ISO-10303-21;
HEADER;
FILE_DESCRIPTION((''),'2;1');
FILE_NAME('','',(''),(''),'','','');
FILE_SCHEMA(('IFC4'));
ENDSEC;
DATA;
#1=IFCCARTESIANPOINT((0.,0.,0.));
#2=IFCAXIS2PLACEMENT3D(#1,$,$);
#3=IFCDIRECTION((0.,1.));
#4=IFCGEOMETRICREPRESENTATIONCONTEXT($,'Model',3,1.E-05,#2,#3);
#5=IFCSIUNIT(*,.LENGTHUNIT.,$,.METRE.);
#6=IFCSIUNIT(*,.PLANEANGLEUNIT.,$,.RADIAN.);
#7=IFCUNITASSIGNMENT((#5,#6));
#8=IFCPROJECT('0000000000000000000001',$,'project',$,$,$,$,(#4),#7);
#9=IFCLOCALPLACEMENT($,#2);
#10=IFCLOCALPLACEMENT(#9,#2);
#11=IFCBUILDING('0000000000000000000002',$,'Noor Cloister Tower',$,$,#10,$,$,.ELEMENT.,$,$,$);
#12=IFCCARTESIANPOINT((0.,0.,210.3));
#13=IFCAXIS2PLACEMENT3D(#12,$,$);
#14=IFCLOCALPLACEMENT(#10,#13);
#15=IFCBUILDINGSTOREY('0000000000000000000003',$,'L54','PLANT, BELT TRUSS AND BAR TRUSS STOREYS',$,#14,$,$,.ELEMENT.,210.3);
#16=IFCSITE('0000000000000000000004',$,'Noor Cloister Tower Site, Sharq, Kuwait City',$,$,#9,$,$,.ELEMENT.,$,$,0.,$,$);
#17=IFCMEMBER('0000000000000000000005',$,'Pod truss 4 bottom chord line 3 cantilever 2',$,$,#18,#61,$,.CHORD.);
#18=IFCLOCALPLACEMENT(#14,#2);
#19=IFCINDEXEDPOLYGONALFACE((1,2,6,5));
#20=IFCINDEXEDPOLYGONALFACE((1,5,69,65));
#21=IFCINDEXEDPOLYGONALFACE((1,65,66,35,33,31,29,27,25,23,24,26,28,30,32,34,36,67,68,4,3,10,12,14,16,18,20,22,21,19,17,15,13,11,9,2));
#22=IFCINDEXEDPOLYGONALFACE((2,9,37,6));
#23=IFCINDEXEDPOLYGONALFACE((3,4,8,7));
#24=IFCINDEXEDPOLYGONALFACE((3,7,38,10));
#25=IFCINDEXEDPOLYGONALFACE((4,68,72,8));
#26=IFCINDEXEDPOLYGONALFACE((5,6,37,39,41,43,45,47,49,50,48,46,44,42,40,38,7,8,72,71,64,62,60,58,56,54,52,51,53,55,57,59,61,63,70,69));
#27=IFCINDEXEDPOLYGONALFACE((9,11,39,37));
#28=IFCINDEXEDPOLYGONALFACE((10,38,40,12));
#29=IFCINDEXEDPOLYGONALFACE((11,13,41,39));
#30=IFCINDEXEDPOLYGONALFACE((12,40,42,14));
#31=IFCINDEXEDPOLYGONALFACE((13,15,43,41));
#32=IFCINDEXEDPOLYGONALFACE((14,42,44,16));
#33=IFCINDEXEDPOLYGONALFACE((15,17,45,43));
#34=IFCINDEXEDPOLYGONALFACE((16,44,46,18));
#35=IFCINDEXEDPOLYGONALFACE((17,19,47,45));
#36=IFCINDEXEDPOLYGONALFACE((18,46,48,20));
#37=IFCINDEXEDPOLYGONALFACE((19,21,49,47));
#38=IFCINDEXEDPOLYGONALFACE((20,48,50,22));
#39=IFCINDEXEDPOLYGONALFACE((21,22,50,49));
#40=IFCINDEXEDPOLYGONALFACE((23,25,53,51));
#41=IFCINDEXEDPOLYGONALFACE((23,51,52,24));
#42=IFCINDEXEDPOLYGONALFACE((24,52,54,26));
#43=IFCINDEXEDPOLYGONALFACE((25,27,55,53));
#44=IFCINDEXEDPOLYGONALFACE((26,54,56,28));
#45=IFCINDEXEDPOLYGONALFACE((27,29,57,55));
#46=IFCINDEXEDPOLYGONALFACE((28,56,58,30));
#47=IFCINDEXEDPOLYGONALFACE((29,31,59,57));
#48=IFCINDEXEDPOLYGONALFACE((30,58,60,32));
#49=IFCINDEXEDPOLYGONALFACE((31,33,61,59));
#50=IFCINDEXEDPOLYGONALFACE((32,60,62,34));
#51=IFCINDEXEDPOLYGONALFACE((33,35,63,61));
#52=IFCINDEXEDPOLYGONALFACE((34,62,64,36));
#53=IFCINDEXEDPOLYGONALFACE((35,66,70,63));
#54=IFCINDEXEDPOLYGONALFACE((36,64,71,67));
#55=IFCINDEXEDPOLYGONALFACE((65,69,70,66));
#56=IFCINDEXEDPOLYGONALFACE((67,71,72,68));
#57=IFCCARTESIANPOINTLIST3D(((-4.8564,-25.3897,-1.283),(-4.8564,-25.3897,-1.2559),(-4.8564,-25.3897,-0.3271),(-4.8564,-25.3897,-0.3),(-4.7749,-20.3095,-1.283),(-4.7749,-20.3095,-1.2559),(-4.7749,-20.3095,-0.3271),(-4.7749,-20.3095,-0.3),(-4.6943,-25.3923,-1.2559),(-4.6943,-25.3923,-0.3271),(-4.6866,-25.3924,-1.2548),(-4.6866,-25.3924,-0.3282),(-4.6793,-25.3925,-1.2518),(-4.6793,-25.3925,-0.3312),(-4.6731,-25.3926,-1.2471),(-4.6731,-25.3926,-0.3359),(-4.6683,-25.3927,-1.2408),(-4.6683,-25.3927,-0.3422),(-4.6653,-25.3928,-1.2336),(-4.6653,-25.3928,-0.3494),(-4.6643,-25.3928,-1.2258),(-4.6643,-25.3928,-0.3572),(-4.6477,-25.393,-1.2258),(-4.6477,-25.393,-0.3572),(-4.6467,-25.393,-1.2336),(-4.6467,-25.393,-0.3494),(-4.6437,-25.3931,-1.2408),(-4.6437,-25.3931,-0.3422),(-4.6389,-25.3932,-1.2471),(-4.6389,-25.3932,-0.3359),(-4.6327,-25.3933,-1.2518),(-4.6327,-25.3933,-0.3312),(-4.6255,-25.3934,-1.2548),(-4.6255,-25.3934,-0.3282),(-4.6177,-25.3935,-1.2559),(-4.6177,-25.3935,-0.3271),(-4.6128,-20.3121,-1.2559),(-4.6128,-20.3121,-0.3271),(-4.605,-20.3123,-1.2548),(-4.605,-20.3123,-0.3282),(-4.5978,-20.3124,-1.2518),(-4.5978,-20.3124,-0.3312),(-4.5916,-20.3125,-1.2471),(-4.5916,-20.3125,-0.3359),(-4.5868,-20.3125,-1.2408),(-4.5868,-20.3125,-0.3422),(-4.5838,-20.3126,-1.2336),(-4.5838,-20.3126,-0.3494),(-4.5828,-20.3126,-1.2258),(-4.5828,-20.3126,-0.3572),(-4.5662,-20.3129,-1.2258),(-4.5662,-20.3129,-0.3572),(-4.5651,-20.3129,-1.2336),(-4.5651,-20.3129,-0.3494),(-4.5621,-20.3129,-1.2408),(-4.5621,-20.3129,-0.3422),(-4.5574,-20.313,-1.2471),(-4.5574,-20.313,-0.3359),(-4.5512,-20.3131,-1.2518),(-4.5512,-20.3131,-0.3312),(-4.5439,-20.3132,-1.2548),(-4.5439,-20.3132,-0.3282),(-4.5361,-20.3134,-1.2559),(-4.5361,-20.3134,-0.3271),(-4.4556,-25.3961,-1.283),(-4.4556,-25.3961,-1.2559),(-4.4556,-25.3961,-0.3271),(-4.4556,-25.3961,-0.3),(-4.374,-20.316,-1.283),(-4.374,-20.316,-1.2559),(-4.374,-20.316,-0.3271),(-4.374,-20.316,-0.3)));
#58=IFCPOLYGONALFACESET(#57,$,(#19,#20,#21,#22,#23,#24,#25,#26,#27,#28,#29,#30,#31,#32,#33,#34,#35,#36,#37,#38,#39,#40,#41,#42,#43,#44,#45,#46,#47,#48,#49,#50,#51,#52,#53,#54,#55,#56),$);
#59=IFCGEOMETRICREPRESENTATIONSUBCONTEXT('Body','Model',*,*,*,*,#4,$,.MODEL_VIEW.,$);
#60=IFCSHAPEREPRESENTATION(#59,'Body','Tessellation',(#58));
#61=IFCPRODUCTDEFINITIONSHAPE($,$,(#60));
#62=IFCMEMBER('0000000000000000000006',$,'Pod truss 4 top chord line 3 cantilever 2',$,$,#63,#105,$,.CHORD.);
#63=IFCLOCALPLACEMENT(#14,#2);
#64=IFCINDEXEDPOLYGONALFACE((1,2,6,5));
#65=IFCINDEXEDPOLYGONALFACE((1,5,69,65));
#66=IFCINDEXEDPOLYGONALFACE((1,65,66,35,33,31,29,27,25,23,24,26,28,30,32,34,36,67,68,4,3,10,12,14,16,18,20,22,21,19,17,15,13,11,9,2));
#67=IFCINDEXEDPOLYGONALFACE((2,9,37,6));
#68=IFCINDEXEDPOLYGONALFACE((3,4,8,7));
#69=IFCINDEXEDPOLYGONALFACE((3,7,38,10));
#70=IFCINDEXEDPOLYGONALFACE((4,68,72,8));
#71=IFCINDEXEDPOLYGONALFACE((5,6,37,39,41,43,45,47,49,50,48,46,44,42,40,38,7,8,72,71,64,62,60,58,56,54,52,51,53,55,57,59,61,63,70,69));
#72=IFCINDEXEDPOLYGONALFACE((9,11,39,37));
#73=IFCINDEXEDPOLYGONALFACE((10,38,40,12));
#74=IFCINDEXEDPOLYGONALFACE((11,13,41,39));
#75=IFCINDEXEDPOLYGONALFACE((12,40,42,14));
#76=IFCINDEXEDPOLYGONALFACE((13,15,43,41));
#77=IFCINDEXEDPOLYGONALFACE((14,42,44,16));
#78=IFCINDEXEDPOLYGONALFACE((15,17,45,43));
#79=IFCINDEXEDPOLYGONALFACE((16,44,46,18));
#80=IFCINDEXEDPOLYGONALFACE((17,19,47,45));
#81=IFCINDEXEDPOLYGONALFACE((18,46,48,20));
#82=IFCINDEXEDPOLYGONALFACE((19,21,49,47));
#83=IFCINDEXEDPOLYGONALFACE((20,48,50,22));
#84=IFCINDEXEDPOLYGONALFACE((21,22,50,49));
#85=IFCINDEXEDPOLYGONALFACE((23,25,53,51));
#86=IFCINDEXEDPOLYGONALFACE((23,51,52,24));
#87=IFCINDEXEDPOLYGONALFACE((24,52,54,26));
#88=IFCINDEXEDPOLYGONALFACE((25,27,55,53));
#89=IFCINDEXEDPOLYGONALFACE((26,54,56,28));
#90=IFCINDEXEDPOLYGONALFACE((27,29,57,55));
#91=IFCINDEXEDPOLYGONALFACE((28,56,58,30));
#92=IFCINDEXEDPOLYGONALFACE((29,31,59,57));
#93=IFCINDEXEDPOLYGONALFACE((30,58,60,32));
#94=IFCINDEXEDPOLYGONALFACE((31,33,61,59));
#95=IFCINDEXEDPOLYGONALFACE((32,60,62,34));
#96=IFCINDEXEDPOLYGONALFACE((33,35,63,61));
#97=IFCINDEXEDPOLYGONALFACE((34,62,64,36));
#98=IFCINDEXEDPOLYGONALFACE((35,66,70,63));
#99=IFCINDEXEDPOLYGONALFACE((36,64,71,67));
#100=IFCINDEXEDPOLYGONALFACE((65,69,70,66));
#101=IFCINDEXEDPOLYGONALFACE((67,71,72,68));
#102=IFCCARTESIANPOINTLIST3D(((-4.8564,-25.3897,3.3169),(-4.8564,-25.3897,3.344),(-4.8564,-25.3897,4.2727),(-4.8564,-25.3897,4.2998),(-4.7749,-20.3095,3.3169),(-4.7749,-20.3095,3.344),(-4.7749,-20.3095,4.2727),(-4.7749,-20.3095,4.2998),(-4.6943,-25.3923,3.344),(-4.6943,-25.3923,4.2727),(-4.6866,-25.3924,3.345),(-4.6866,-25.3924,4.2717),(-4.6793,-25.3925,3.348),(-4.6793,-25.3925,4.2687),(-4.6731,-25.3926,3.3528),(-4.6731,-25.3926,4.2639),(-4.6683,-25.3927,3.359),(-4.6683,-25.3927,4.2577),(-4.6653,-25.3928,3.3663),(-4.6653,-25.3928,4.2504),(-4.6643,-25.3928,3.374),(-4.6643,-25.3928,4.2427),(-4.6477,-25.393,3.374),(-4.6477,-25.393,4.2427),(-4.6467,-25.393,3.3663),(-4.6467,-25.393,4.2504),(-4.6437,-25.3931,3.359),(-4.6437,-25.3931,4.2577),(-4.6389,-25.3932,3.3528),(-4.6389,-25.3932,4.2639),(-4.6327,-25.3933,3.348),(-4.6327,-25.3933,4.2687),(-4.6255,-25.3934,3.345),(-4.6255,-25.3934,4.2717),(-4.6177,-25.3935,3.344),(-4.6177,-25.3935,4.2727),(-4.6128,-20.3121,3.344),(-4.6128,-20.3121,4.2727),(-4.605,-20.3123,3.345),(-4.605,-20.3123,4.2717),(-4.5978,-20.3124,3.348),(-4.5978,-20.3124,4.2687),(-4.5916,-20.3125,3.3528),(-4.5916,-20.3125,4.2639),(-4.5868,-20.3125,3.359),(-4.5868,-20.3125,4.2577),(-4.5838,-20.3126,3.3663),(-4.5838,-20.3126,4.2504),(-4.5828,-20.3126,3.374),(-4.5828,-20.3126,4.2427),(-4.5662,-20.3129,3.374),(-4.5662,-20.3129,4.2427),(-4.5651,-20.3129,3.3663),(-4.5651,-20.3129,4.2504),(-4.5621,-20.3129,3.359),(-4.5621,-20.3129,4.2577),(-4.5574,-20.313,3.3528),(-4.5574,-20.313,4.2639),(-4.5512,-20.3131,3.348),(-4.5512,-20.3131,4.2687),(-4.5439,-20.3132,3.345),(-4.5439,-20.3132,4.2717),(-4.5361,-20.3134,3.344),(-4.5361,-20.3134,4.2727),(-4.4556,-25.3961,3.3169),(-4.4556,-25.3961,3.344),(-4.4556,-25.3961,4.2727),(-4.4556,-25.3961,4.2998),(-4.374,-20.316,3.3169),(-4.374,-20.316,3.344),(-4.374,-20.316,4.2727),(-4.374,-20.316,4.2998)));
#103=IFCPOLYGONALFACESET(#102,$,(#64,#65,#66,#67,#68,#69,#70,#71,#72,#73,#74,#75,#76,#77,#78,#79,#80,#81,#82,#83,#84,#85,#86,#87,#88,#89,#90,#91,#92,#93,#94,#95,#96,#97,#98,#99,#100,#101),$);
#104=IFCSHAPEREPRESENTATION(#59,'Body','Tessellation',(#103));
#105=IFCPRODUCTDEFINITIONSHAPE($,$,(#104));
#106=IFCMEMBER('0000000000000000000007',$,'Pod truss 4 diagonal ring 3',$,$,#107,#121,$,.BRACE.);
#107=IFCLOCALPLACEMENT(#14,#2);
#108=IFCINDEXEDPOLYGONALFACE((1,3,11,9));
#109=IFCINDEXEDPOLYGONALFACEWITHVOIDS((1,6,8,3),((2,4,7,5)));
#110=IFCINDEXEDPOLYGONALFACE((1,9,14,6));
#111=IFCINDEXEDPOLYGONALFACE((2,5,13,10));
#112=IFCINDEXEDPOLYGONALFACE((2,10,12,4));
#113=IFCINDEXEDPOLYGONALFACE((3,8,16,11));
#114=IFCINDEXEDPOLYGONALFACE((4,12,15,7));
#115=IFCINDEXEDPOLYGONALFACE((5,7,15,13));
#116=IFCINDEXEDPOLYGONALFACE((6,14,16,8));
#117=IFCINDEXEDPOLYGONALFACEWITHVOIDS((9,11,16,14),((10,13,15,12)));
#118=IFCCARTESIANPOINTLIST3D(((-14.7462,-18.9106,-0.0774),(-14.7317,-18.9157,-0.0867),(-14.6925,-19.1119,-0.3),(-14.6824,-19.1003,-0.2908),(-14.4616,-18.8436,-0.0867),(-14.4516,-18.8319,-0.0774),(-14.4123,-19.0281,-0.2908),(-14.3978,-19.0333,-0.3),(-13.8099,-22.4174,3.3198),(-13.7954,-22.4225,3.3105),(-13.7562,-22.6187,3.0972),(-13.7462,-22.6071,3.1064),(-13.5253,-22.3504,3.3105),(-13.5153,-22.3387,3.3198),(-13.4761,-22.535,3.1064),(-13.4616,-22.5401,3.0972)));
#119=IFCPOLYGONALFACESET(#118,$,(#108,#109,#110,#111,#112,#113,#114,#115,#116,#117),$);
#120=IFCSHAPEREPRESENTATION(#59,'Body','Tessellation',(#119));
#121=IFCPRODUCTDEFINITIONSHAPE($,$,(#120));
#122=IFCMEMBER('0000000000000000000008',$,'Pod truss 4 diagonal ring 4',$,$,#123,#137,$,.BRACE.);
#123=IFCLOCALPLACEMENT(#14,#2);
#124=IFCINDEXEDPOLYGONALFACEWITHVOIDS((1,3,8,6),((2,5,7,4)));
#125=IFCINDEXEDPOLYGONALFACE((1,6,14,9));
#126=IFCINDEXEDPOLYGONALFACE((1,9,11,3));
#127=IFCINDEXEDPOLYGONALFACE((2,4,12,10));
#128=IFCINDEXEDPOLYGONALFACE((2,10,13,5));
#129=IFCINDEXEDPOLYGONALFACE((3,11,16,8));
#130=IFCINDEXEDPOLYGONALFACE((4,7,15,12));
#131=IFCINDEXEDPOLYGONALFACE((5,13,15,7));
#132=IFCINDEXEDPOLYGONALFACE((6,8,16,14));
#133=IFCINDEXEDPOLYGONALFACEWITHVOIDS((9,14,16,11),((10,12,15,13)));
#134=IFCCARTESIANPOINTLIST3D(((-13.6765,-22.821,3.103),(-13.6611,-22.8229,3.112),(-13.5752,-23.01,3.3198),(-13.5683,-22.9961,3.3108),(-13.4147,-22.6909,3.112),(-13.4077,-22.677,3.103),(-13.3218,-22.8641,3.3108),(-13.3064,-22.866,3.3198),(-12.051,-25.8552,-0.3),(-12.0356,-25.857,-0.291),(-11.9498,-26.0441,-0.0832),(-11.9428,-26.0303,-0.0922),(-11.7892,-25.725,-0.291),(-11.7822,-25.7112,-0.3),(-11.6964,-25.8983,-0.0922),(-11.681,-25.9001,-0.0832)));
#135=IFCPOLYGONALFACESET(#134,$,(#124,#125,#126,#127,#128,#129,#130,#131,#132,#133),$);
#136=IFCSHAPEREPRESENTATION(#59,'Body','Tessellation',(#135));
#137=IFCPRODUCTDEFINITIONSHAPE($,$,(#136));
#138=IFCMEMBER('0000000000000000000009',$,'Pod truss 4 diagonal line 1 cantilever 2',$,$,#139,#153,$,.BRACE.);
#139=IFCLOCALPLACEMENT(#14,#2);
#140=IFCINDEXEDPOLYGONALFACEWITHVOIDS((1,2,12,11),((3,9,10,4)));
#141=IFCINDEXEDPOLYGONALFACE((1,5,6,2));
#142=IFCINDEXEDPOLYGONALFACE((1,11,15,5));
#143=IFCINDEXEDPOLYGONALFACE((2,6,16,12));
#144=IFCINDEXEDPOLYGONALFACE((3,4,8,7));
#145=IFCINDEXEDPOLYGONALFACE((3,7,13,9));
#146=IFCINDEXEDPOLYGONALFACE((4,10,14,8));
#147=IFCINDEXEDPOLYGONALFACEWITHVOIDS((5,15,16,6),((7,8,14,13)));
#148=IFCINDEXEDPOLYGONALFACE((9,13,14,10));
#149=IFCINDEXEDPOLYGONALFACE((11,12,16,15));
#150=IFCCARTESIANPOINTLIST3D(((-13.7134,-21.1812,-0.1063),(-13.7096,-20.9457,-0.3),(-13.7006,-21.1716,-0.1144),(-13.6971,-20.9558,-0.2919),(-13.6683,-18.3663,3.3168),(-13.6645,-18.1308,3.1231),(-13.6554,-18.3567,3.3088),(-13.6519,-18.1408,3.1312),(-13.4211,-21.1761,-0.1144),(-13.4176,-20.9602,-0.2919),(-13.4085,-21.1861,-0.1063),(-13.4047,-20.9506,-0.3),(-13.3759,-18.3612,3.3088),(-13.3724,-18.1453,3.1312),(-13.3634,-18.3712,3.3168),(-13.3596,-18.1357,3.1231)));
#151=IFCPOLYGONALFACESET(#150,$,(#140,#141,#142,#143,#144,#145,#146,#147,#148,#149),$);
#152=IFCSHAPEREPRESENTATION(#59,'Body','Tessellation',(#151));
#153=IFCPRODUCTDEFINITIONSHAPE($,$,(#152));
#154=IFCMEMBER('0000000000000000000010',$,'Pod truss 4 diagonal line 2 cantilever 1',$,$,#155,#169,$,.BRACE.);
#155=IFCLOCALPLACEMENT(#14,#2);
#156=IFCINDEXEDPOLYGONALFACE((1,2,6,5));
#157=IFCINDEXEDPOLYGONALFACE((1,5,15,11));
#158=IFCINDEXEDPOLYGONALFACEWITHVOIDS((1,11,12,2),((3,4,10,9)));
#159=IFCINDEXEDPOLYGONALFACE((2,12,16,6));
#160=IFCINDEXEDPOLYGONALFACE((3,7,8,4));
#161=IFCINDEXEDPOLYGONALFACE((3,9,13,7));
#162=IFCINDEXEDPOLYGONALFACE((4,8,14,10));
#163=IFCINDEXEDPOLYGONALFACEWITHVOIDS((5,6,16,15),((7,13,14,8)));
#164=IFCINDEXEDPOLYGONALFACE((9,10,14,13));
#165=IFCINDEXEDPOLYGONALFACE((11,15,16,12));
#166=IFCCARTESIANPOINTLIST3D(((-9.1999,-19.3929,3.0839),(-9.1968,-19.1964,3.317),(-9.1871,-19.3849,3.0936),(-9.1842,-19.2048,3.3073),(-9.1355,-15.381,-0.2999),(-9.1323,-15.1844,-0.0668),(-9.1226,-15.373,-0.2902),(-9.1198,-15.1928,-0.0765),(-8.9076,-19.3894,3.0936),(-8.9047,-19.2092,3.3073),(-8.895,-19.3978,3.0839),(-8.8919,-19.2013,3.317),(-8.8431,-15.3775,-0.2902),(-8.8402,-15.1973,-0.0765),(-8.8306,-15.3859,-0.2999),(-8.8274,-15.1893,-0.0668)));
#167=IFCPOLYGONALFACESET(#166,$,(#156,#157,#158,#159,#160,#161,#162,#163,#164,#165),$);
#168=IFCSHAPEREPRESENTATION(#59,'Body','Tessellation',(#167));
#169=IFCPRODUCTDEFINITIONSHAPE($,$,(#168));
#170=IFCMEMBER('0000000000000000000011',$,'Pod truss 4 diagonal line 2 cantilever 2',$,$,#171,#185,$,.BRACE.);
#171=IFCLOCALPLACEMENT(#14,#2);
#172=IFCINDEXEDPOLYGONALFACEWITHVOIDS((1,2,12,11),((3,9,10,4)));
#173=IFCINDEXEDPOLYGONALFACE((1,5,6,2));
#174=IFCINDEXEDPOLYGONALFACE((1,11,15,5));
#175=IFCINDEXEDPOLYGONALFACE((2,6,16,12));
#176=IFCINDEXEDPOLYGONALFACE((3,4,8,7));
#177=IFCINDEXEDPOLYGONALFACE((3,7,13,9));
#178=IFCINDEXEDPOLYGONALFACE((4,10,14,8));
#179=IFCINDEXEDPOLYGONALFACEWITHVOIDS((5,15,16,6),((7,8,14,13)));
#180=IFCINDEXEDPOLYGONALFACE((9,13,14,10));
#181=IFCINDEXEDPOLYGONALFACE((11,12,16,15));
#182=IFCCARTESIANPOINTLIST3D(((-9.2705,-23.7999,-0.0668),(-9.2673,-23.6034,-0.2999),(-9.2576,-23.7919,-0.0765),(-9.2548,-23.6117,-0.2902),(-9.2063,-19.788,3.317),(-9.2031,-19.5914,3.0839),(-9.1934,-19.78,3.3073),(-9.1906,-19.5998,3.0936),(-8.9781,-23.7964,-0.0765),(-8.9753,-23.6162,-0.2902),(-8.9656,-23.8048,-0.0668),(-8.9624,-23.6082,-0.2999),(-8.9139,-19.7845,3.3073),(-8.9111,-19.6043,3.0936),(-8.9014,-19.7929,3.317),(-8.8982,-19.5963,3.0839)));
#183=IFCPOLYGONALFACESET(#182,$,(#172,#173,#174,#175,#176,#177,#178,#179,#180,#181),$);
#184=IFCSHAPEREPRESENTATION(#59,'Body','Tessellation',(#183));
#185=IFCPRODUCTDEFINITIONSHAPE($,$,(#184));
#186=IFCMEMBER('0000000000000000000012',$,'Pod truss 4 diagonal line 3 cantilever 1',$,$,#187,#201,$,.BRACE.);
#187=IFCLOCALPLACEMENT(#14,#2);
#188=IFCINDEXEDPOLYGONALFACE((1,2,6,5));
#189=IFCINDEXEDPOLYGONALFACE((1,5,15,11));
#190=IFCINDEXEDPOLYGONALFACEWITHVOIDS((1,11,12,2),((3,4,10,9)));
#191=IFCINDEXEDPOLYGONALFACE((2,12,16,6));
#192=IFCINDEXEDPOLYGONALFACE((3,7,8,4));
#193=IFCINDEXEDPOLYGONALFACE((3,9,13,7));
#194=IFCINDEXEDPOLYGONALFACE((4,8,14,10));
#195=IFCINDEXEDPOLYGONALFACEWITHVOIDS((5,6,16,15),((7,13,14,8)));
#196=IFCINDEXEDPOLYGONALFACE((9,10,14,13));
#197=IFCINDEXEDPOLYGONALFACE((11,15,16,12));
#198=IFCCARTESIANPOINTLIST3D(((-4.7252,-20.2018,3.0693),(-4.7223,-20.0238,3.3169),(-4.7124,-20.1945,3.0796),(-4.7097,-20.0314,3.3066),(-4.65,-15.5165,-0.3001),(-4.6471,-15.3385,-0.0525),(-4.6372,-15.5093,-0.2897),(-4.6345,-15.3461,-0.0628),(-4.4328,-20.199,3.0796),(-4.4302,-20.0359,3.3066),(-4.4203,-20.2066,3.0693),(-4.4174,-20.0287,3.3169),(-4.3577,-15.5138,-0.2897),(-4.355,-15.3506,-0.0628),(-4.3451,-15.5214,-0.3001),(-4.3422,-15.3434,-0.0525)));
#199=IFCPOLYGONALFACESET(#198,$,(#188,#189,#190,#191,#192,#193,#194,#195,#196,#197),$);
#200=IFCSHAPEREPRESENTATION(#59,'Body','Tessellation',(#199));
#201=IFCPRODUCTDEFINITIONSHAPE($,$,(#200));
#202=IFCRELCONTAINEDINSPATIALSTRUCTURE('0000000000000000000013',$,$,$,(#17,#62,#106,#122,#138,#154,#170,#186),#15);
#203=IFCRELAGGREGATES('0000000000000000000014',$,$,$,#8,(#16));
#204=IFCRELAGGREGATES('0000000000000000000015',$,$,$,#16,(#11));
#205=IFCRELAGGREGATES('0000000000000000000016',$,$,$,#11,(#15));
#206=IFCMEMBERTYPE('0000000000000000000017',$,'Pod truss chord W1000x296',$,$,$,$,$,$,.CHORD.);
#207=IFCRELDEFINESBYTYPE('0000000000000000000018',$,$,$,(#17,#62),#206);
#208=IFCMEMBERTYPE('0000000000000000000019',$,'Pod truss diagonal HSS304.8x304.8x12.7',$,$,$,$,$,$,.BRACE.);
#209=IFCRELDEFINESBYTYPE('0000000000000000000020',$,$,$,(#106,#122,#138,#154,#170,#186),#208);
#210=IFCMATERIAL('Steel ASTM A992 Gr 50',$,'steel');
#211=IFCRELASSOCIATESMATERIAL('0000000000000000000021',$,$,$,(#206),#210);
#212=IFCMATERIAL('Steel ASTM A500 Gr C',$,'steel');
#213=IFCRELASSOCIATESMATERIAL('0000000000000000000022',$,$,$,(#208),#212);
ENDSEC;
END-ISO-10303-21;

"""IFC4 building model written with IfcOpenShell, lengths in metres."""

from ifc_helpers import new_model, si_unit, direction, frame, origin, origin_2d, place, context, subcontext, project, spatial, hollow_rectangle, i_section, extrude, material, material_profile, profile_set, type_object, element, save


model = new_model("IFC4")

# Units and contexts
model_context = context("Model", 3, precision=1e-05, world=origin(), true_north=direction((0.0, 1.0)))
body_context = subcontext(model_context, "Body", "Model", "MODEL_VIEW")
ifc_project = project(units=[si_unit("LENGTHUNIT", "METRE"), si_unit("PLANEANGLEUNIT", "RADIAN")], contexts=[model_context])

# Site, building, storey
site_placement = place(None, origin())
site = spatial("IfcSite", under=ifc_project, at=site_placement, Name="Noor Cloister Tower Site, Sharq, Kuwait City", CompositionType="ELEMENT", RefElevation=0.0)
building_placement = place(site_placement, origin())
building = spatial("IfcBuilding", under=site, at=building_placement, Name="Noor Cloister Tower", CompositionType="ELEMENT")
storey_placement = place(building_placement, frame((0.0, 0.0, 210.3)))
storey = spatial("IfcBuildingStorey", under=building, at=storey_placement, Name="L54", Description="PLANT, BELT TRUSS AND BAR TRUSS STOREYS", CompositionType="ELEMENT", Elevation=210.3)

# Members
ifc_material_1 = material(Name="Steel ASTM A992 Gr 50", Category="steel")
ifc_material_profile_1 = material_profile(ifc_material_1, i_section(OverallWidth=0.4009, OverallDepth=0.9829, WebThickness=0.0166, FlangeThickness=0.0271, FilletRadius=0.03, at=origin_2d()), Name="W1000x296")
ifc_profile_set_1 = profile_set([ifc_material_profile_1], Name="Steel ASTM A992 Gr 50")
member_type_1 = type_object("IfcMemberType", Name="Pod truss chord W1000x296", PredefinedType="CHORD", material=ifc_profile_set_1)
for number, where, z_axis, x_axis, name in (
    (1, (-4.5745, -20.3127, -0.7915), (-0.016049, -0.999871, 0.0), (0.999871, -0.016049, 0.0), "Pod truss 4 bottom chord line 3 cantilever 2"),
    (2, (-4.5745, -20.3127, 3.8083), (-0.016049, -0.999871, 0.0), (0.999871, -0.016049, 0.0), "Pod truss 4 top chord line 3 cantilever 2"),
):
    element("IfcMember", number, at=place(storey_placement, frame(where, z_axis=z_axis, x_axis=x_axis)), inside=storey, type_object=member_type_1, Name=name, PredefinedType="CHORD", context=body_context, shape_type="SweptSolid", body=[
        extrude(i_section(OverallWidth=0.4009, OverallDepth=0.9829, WebThickness=0.0166, FlangeThickness=0.0271, FilletRadius=0.03, at=origin_2d()), origin(), (0.0, 0.0, 1.0), 5.0808),
    ])
ifc_material_2 = material(Name="Steel ASTM A500 Gr C", Category="steel")
ifc_material_profile_2 = material_profile(ifc_material_2, hollow_rectangle(XDim=0.3049, YDim=0.3049, WallThickness=0.0127, at=origin_2d()), Name="HSS304.8x304.8x12.7")
ifc_profile_set_2 = profile_set([ifc_material_profile_2], Name="Steel ASTM A500 Gr C")
member_type_2 = type_object("IfcMemberType", Name="Pod truss diagonal HSS304.8x304.8x12.7", PredefinedType="BRACE", material=ifc_profile_set_2)
member_1_placement = place(storey_placement, frame((-14.572, -18.9719, -0.1887), z_axis=(0.18833, -0.705391, 0.683341), x_axis=(0.966158, 0.257952, 0.0)))
element("IfcMember", 3, at=member_1_placement, inside=storey, type_object=member_type_2, Name="Pod truss 4 diagonal ring 3", PredefinedType="BRACE", context=body_context, shape_type="SweptSolid", body=[
    extrude(hollow_rectangle(XDim=0.3049, YDim=0.3049, WallThickness=0.0127, at=origin_2d()), origin(), (0.0, 0.0, 1.0), 4.9714),
])
member_2_placement = place(storey_placement, frame((-13.4915, -22.8435, 3.2114), z_axis=(0.335818, -0.626846, -0.703058), x_axis=(0.881476, 0.472229, 0.0)))
element("IfcMember", 4, at=member_2_placement, inside=storey, type_object=member_type_2, Name="Pod truss 4 diagonal ring 4", PredefinedType="BRACE", context=body_context, shape_type="SweptSolid", body=[
    extrude(hollow_rectangle(XDim=0.3049, YDim=0.3049, WallThickness=0.0127, at=origin_2d()), origin(), (0.0, 0.0, 1.0), 4.8403),
])
member_3_placement = place(storey_placement, frame((-13.5139, -18.251, 3.22), z_axis=(-0.010191, -0.635126, -0.772342), x_axis=(0.999871, -0.016043, 0.0)))
element("IfcMember", 5, at=member_3_placement, inside=storey, type_object=member_type_2, Name="Pod truss 4 diagonal line 1 cantilever 2", PredefinedType="BRACE", context=body_context, shape_type="SweptSolid", body=[
    extrude(hollow_rectangle(XDim=0.3049, YDim=0.3049, WallThickness=0.0127, at=origin_2d()), origin(), (0.0, 0.0, 1.0), 4.4321),
])
for number, where, z_axis, x_axis, name in (
    (6, (-8.9814, -15.2852, -0.1833), (-0.01228, -0.764356, 0.644677), (0.999871, -0.016063, 0.0), "Pod truss 4 diagonal line 2 cantilever 1"),
    (7, (-9.0522, -19.6921, 3.2004), (-0.012233, -0.764357, -0.644677), (0.999872, -0.016002, 0.0), "Pod truss 4 diagonal line 2 cantilever 2"),
):
    element("IfcMember", number, at=place(storey_placement, frame(where, z_axis=z_axis, x_axis=x_axis)), inside=storey, type_object=member_type_2, Name=name, PredefinedType="BRACE", context=body_context, shape_type="SweptSolid", body=[
        extrude(hollow_rectangle(XDim=0.3049, YDim=0.3049, WallThickness=0.0127, at=origin_2d()), origin(), (0.0, 0.0, 1.0), 5.2488),
    ])
member_4_placement = place(storey_placement, frame((-4.4961, -15.4299, -0.1763), z_axis=(-0.013029, -0.811797, 0.583795), x_axis=(0.999871, -0.016047, 0.0)))
element("IfcMember", 8, at=member_4_placement, inside=storey, type_object=member_type_2, Name="Pod truss 4 diagonal line 3 cantilever 1", PredefinedType="BRACE", context=body_context, shape_type="SweptSolid", body=[
    extrude(hollow_rectangle(XDim=0.3049, YDim=0.3049, WallThickness=0.0127, at=origin_2d()), origin(), (0.0, 0.0, 1.0), 5.7715),
])

save(model, "model.ifc")
